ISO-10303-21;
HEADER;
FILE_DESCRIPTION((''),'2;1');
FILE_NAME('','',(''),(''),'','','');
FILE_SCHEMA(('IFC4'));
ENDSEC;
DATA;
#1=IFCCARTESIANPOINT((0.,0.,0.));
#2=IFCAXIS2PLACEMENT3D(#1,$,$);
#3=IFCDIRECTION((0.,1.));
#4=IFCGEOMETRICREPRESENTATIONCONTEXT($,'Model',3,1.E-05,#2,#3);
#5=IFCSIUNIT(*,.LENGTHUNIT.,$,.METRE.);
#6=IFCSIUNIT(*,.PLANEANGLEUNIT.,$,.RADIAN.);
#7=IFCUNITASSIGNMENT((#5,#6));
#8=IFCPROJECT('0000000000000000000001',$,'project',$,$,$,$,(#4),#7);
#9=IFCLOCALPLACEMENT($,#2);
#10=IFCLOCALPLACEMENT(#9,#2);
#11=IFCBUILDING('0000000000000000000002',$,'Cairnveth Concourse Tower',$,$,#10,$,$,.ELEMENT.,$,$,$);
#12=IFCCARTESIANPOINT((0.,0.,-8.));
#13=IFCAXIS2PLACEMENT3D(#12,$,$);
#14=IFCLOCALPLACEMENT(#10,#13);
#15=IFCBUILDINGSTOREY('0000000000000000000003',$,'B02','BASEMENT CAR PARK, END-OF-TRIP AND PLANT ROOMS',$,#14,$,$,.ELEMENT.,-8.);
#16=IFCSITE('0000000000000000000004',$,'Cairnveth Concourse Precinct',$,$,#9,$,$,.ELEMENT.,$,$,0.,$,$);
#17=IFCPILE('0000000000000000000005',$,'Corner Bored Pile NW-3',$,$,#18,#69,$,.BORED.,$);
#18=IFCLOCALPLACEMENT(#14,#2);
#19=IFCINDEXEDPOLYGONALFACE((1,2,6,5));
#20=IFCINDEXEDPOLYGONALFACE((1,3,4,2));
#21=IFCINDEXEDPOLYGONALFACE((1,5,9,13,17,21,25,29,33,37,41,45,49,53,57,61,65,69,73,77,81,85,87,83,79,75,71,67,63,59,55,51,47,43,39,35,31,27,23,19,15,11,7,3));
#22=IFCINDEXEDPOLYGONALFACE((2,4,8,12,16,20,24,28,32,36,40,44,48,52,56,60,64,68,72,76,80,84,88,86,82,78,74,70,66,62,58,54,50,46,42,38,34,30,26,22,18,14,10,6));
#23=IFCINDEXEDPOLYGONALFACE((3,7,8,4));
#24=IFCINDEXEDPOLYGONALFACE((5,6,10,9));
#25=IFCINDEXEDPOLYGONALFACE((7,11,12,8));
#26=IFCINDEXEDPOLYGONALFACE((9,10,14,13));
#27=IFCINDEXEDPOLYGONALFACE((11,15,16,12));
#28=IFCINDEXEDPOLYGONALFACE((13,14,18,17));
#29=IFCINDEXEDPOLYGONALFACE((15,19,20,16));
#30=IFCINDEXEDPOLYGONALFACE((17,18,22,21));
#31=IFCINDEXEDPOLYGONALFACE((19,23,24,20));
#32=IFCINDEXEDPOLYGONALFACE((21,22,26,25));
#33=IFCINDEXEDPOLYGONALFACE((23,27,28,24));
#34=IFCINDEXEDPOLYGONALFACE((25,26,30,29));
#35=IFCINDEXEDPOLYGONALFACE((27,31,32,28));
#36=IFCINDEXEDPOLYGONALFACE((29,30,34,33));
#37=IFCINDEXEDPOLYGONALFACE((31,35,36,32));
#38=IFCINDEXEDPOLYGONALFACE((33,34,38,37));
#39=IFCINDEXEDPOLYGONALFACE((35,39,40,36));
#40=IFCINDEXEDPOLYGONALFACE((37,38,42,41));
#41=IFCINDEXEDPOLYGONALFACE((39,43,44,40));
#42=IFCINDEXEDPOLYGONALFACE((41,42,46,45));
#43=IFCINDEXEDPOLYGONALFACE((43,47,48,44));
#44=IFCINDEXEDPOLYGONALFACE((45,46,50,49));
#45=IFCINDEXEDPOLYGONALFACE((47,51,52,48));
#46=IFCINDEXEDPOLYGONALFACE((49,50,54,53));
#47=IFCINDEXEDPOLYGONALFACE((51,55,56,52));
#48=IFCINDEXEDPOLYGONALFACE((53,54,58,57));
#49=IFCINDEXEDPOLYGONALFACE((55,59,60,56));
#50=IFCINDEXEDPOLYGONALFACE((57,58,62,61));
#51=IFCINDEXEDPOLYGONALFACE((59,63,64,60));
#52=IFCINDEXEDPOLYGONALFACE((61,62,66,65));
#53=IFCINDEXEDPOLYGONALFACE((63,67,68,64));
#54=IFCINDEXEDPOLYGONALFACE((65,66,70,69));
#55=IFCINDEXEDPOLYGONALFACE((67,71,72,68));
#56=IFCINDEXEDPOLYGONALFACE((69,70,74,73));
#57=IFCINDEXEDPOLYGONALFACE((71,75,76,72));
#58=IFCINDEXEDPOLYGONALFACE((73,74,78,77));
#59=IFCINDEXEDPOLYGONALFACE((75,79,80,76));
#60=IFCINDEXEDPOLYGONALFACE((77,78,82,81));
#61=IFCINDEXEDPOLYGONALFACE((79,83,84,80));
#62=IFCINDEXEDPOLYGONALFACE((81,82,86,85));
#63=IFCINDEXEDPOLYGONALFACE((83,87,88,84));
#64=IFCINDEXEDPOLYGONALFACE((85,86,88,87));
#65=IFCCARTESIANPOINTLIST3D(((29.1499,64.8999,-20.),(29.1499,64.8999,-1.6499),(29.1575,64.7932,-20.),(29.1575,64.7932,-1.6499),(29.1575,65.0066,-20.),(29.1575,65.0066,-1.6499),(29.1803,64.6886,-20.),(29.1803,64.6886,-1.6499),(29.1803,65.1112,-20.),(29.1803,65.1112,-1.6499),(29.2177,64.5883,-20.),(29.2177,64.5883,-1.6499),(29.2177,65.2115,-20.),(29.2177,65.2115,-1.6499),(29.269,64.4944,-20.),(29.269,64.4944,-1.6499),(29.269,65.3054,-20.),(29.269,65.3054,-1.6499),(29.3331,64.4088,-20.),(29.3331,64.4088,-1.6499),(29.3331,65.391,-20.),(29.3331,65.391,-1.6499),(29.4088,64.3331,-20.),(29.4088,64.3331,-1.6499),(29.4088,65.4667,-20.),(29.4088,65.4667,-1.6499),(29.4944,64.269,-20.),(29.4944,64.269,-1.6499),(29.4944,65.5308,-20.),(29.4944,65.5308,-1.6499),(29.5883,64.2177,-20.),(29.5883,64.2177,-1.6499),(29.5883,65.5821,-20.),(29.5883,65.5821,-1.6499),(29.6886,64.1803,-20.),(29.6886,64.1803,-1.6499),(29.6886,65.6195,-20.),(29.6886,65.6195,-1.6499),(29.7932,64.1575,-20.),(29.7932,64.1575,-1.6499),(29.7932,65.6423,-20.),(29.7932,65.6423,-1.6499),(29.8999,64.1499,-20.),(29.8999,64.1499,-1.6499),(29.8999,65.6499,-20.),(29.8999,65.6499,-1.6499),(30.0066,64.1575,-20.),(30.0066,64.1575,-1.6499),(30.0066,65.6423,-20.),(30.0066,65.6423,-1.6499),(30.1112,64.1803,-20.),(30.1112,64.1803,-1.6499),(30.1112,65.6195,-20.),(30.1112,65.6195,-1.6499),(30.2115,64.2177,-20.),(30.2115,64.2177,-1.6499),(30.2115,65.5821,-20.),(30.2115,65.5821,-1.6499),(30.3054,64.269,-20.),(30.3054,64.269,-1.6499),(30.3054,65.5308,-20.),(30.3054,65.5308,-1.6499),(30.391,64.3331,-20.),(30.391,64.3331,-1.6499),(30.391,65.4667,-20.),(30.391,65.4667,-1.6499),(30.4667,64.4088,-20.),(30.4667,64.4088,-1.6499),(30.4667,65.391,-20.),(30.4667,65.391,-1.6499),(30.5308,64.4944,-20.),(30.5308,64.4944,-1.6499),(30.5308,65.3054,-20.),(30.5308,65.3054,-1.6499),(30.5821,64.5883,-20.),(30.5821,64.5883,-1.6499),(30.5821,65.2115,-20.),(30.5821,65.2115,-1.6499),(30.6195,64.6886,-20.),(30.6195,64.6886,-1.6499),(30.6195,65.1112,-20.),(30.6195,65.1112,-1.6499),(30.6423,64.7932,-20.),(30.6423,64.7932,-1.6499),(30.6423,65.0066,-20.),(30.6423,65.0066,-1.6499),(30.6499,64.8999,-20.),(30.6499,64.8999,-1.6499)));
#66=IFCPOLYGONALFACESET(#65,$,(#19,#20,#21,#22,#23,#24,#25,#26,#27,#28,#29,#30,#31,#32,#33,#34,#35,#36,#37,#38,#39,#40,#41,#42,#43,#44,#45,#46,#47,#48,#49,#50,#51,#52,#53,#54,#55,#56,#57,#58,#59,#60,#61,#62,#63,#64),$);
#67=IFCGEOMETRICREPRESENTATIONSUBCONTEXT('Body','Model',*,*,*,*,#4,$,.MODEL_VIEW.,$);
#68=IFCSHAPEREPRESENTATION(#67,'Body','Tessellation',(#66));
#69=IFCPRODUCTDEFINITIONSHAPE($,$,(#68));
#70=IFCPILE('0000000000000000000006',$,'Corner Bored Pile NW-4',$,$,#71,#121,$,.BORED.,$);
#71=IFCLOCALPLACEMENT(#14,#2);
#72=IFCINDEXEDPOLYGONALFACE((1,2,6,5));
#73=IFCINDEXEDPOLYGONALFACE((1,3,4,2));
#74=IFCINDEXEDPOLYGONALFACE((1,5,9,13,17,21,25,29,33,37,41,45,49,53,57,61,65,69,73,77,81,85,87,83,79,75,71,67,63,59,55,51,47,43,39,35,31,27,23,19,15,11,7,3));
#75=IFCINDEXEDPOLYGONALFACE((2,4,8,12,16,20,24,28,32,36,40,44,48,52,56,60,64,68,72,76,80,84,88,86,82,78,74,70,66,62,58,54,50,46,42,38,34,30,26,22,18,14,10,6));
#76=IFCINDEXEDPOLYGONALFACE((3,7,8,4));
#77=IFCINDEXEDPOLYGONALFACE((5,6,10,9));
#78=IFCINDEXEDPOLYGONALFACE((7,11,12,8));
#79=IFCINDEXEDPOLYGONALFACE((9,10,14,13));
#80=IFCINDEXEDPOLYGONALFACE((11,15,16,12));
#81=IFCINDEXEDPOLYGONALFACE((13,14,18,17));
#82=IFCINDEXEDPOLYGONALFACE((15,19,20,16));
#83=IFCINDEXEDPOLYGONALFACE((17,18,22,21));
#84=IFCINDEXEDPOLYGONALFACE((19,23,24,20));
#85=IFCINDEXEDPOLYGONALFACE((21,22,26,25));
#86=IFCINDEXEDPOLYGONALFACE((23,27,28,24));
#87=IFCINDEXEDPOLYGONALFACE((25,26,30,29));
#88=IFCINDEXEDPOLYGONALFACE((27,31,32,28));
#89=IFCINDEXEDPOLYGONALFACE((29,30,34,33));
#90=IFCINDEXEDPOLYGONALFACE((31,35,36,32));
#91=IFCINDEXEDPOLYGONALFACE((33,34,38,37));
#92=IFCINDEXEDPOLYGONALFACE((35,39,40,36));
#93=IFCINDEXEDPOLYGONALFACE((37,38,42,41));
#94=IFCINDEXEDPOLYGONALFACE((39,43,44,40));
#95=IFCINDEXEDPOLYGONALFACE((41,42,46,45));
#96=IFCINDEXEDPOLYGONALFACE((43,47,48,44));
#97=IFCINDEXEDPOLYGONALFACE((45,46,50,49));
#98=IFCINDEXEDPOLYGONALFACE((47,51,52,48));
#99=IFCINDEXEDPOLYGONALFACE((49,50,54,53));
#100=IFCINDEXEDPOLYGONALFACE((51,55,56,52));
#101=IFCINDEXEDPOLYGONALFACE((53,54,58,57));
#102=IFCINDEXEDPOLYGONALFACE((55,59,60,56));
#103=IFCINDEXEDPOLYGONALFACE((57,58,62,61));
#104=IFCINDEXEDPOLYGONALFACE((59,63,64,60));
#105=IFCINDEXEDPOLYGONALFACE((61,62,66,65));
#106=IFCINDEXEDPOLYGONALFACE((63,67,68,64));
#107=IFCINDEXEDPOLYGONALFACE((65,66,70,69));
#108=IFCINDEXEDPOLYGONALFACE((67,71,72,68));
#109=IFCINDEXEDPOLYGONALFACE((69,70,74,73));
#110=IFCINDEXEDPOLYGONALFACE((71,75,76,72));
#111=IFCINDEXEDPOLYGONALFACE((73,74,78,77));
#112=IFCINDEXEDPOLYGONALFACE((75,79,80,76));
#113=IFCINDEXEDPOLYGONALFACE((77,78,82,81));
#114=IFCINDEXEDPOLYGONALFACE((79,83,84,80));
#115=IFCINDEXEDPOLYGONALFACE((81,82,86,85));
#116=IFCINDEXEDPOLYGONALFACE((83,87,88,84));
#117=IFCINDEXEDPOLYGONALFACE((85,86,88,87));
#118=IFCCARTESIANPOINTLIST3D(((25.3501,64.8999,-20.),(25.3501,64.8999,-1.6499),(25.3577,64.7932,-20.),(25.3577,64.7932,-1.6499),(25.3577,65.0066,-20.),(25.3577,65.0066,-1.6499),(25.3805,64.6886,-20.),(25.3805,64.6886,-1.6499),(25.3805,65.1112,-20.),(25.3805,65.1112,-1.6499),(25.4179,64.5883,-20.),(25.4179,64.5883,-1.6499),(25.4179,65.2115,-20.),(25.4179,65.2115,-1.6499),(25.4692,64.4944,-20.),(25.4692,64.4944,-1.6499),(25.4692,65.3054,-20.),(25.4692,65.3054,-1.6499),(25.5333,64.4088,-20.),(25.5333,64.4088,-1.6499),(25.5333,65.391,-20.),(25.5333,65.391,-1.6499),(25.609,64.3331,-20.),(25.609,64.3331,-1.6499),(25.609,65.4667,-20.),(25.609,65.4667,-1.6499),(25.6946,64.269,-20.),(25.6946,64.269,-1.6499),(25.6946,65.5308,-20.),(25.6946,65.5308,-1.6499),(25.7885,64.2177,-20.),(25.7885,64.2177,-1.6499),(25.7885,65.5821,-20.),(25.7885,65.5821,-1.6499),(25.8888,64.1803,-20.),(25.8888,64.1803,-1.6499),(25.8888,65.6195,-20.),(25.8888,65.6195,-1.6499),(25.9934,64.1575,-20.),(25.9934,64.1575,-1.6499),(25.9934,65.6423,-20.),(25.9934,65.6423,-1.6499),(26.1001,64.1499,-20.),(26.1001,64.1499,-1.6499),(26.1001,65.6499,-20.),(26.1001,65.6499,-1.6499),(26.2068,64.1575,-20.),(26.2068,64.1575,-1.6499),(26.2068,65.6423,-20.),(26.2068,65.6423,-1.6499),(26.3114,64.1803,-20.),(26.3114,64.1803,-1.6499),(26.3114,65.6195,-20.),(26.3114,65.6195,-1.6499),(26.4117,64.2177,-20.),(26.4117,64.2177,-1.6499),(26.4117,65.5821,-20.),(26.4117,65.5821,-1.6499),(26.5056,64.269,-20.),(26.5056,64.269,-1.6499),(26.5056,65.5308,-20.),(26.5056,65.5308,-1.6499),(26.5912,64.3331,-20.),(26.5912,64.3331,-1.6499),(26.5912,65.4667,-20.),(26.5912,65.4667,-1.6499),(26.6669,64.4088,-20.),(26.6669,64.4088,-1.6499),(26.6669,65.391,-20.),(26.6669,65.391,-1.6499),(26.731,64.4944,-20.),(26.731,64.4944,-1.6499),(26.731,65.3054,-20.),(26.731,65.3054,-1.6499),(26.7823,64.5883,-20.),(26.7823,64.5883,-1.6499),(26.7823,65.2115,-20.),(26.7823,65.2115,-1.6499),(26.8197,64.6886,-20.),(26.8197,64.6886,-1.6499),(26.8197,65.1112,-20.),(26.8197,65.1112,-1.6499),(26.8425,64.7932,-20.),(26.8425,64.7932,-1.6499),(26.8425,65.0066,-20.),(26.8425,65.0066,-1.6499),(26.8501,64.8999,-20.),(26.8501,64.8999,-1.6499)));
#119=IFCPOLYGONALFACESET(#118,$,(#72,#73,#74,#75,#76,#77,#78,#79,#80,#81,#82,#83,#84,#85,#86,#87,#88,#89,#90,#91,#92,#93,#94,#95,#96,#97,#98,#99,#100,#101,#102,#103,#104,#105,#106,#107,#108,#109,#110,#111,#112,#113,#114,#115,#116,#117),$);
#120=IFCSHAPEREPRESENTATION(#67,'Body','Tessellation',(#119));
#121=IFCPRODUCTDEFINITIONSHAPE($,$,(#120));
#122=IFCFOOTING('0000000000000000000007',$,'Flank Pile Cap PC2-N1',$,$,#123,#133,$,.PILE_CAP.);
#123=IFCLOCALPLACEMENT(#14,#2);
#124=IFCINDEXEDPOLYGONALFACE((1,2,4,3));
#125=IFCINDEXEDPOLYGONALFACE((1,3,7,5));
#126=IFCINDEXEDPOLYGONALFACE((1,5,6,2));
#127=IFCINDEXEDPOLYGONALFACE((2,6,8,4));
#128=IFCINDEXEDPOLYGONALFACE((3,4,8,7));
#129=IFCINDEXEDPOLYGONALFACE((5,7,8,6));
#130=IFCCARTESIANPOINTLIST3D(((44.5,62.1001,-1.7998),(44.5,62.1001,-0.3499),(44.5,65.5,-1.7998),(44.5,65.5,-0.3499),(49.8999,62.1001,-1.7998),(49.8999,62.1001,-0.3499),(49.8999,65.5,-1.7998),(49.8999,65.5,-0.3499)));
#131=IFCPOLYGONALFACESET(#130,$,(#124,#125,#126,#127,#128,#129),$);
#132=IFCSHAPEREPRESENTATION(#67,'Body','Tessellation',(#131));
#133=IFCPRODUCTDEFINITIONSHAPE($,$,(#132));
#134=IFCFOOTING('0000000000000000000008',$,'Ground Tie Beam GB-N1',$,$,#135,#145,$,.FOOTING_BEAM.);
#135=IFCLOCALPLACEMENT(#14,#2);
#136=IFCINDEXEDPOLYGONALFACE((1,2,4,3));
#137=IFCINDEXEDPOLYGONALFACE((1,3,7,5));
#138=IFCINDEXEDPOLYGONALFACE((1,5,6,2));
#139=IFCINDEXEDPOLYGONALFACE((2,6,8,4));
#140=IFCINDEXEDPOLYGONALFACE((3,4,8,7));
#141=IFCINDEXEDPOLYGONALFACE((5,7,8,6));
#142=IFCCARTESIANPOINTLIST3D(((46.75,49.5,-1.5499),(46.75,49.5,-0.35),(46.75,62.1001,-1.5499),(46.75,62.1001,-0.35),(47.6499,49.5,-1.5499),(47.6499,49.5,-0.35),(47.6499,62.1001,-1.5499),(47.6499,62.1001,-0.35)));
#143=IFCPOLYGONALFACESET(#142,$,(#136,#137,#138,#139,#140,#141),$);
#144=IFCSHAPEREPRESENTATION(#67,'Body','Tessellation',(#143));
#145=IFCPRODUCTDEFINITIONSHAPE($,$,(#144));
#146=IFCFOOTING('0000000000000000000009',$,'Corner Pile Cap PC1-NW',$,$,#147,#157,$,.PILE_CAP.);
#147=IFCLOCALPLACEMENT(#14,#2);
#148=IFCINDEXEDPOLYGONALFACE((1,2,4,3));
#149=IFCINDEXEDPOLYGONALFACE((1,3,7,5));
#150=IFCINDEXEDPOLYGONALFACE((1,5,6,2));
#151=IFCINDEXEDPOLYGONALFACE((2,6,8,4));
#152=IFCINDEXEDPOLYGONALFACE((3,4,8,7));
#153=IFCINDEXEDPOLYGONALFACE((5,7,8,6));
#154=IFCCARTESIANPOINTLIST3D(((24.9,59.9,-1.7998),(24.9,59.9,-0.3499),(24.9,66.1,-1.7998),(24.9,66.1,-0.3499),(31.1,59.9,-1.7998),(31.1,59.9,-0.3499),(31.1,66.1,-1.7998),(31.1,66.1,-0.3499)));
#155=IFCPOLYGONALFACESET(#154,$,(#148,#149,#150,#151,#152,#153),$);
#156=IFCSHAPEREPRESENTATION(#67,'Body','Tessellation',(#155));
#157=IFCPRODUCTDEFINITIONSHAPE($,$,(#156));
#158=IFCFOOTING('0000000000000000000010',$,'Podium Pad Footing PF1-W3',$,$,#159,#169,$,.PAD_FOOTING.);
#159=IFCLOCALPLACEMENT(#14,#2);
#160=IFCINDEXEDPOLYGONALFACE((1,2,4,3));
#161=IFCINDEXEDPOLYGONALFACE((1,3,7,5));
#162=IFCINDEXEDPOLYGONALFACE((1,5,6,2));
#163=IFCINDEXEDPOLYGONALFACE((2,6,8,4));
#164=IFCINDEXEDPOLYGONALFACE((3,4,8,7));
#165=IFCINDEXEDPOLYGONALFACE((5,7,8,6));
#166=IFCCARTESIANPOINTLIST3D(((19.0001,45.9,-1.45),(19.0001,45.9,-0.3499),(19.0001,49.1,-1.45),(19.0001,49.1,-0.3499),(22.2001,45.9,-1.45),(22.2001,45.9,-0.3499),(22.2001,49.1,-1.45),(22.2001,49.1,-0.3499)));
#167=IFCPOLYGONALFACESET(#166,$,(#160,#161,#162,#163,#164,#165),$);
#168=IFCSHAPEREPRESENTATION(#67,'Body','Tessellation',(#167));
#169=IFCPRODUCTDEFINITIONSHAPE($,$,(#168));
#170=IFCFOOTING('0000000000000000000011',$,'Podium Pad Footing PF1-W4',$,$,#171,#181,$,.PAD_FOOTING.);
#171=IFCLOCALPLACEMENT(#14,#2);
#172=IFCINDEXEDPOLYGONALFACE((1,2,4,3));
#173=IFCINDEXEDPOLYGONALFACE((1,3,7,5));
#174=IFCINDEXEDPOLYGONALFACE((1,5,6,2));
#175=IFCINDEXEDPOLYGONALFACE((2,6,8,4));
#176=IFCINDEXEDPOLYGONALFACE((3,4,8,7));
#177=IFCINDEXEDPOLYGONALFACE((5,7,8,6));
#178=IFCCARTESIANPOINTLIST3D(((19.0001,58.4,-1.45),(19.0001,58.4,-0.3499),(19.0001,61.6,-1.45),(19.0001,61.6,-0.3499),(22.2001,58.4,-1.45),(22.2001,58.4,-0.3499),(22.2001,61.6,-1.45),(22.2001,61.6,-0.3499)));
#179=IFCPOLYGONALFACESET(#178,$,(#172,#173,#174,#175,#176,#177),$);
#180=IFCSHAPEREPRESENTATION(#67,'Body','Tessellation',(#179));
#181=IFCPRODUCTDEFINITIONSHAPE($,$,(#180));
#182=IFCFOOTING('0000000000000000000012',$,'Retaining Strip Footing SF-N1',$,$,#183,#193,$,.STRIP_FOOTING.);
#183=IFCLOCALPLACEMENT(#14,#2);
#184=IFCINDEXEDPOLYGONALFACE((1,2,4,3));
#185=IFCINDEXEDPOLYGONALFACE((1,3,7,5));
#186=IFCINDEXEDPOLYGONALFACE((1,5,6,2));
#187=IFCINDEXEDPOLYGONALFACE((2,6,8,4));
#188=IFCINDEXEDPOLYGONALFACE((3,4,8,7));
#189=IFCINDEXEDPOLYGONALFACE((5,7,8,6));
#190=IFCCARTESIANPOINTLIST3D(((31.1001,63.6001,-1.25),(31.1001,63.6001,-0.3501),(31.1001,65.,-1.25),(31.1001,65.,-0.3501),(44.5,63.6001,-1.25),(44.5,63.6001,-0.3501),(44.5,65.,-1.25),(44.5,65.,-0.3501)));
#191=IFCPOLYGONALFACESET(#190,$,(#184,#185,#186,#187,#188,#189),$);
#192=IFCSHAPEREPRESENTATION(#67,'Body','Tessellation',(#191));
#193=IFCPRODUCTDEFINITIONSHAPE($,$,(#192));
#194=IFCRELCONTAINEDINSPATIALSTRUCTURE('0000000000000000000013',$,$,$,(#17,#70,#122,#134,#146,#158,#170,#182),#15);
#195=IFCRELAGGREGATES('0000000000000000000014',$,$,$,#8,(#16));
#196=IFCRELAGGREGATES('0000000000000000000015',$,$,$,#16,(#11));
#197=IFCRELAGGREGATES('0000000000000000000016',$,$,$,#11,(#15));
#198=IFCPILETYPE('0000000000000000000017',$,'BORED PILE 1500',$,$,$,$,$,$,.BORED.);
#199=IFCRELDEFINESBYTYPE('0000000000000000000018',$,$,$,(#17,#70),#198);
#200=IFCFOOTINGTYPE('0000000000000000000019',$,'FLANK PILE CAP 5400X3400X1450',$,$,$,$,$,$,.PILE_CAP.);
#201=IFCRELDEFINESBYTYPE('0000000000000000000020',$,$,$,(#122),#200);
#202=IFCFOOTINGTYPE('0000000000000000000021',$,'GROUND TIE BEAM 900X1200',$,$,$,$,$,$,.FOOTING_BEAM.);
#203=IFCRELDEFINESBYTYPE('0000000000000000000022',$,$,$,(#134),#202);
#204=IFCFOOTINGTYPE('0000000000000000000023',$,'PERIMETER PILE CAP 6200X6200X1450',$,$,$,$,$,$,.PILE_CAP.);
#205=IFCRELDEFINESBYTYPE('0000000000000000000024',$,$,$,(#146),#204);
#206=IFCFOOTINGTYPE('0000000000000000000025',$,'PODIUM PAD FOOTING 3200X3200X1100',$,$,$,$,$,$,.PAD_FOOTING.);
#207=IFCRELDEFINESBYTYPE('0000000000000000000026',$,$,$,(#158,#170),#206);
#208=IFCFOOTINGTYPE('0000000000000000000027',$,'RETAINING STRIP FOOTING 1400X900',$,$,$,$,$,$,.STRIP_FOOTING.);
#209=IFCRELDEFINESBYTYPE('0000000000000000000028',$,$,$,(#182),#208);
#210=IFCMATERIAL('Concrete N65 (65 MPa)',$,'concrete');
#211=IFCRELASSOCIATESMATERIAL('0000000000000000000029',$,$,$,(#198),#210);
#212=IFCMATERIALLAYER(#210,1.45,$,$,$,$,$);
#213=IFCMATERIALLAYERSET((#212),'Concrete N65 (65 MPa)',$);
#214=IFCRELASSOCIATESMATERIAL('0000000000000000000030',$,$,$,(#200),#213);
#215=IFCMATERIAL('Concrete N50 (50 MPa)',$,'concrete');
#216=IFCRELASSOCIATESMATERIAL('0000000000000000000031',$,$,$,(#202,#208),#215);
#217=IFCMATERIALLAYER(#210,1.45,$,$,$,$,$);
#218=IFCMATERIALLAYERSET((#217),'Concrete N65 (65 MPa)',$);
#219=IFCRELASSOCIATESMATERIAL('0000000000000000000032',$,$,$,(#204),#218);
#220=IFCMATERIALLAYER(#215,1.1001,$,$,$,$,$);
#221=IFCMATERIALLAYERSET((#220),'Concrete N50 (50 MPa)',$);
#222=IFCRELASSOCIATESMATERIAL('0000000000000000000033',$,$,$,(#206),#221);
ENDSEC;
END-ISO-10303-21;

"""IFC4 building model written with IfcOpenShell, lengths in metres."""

from ifc_helpers import new_model, si_unit, direction, frame, origin, origin_2d, place, context, subcontext, project, spatial, rectangle, circle, extrude, material, layer, layer_set, material_profile, profile_set, type_object, element, save


model = new_model("IFC4")

# Units and contexts
model_context = context("Model", 3, precision=1e-05, world=origin(), true_north=direction((0.0, 1.0)))
body_context = subcontext(model_context, "Body", "Model", "MODEL_VIEW")
ifc_project = project(units=[si_unit("LENGTHUNIT", "METRE"), si_unit("PLANEANGLEUNIT", "RADIAN")], contexts=[model_context])

# Site, building, storey
site_placement = place(None, origin())
site = spatial("IfcSite", under=ifc_project, at=site_placement, Name="Cairnveth Concourse Precinct", CompositionType="ELEMENT", RefElevation=0.0)
building_placement = place(site_placement, origin())
building = spatial("IfcBuilding", under=site, at=building_placement, Name="Cairnveth Concourse Tower", CompositionType="ELEMENT")
storey_placement = place(building_placement, frame((0.0, 0.0, -8.0)))
storey = spatial("IfcBuildingStorey", under=building, at=storey_placement, Name="B02", Description="BASEMENT CAR PARK, END-OF-TRIP AND PLANT ROOMS", CompositionType="ELEMENT", Elevation=-8.0)

# Piles
ifc_material_1 = material(Name="Concrete N50 (50 MPa)", Category="concrete")
ifc_material_2 = material(Name="Concrete N65 (65 MPa)", Category="concrete")
ifc_material_profile_1 = material_profile(ifc_material_2, circle(Radius=0.75, at=origin_2d()), Name="PILE-1500")
ifc_profile_set_1 = profile_set([ifc_material_profile_1], Name="Concrete N65 (65 MPa)")
pile_type_1 = type_object("IfcPileType", Name="BORED PILE 1500", PredefinedType="BORED", material=ifc_profile_set_1)
for number, where, z_axis, x_axis, name in (
    (1, (29.8999, 64.8999, -1.6499), (0.0, 0.0, -1.0), (1.0, 0.0, 0.0), "Corner Bored Pile NW-3"),
    (2, (26.1001, 64.8999, -1.6499), (0.0, 0.0, -1.0), (1.0, 0.0, 0.0), "Corner Bored Pile NW-4"),
):
    element("IfcPile", number, at=place(storey_placement, frame(where, z_axis=z_axis, x_axis=x_axis)), inside=storey, type_object=pile_type_1, Name=name, PredefinedType="BORED", context=body_context, shape_type="SweptSolid", body=[
        extrude(circle(Radius=0.75, at=origin_2d()), origin(), (0.0, 0.0, 1.0), 18.3501),
    ])

# Footings
ifc_layer_1 = layer(ifc_material_2, 1.45)
ifc_layer_set_1 = layer_set([ifc_layer_1], Name="Concrete N65 (65 MPa)")
footing_type_1 = type_object("IfcFootingType", Name="FLANK PILE CAP 5400X3400X1450", PredefinedType="PILE_CAP", material=ifc_layer_set_1)
footing_1_placement = place(storey_placement, frame((47.2, 63.8, -1.7998), z_axis=(0.0, 0.0, 1.0), x_axis=(1.0, 0.0, 0.0)))
element("IfcFooting", 3, at=footing_1_placement, inside=storey, type_object=footing_type_1, Name="Flank Pile Cap PC2-N1", PredefinedType="PILE_CAP", context=body_context, shape_type="SweptSolid", body=[
    extrude(rectangle(XDim=5.3999, YDim=3.3999, at=origin_2d()), origin(), (0.0, 0.0, 1.0), 1.45),
])
ifc_material_profile_2 = material_profile(ifc_material_1, rectangle(XDim=0.8999, YDim=1.2, at=origin_2d()), Name="RC-GB-900x1200")
ifc_profile_set_2 = profile_set([ifc_material_profile_2], Name="Concrete N50 (50 MPa)")
footing_type_2 = type_object("IfcFootingType", Name="GROUND TIE BEAM 900X1200", PredefinedType="FOOTING_BEAM", material=ifc_profile_set_2)
footing_2_placement = place(storey_placement, frame((47.2, 49.5, -0.95), z_axis=(0.0, 1.0, 0.0), x_axis=(-1.0, 0.0, 0.0)))
element("IfcFooting", 4, at=footing_2_placement, inside=storey, type_object=footing_type_2, Name="Ground Tie Beam GB-N1", PredefinedType="FOOTING_BEAM", context=body_context, shape_type="SweptSolid", body=[
    extrude(rectangle(XDim=0.8999, YDim=1.2, at=origin_2d()), origin(), (0.0, 0.0, 1.0), 12.6001),
])
ifc_layer_2 = layer(ifc_material_2, 1.45)
ifc_layer_set_2 = layer_set([ifc_layer_2], Name="Concrete N65 (65 MPa)")
footing_type_3 = type_object("IfcFootingType", Name="PERIMETER PILE CAP 6200X6200X1450", PredefinedType="PILE_CAP", material=ifc_layer_set_2)
footing_3_placement = place(storey_placement, frame((28.0, 63.0, -1.7998), z_axis=(0.0, 0.0, 1.0), x_axis=(1.0, 0.0, 0.0)))
element("IfcFooting", 5, at=footing_3_placement, inside=storey, type_object=footing_type_3, Name="Corner Pile Cap PC1-NW", PredefinedType="PILE_CAP", context=body_context, shape_type="SweptSolid", body=[
    extrude(rectangle(XDim=6.2, YDim=6.2, at=origin_2d()), origin(), (0.0, 0.0, 1.0), 1.45),
])
ifc_layer_3 = layer(ifc_material_1, 1.1001)
ifc_layer_set_3 = layer_set([ifc_layer_3], Name="Concrete N50 (50 MPa)")
footing_type_4 = type_object("IfcFootingType", Name="PODIUM PAD FOOTING 3200X3200X1100", PredefinedType="PAD_FOOTING", material=ifc_layer_set_3)
for number, where, z_axis, x_axis, name in (
    (6, (20.6001, 47.5, -1.45), (0.0, 0.0, 1.0), (1.0, 0.0, 0.0), "Podium Pad Footing PF1-W3"),
    (7, (20.6001, 60.0, -1.45), (0.0, 0.0, 1.0), (1.0, 0.0, 0.0), "Podium Pad Footing PF1-W4"),
):
    element("IfcFooting", number, at=place(storey_placement, frame(where, z_axis=z_axis, x_axis=x_axis)), inside=storey, type_object=footing_type_4, Name=name, PredefinedType="PAD_FOOTING", context=body_context, shape_type="SweptSolid", body=[
        extrude(rectangle(XDim=3.2, YDim=3.2, at=origin_2d()), origin(), (0.0, 0.0, 1.0), 1.1001),
    ])
ifc_material_profile_3 = material_profile(ifc_material_1, rectangle(XDim=1.3999, YDim=0.8999, at=origin_2d()), Name="SF-1400x900")
ifc_profile_set_3 = profile_set([ifc_material_profile_3], Name="Concrete N50 (50 MPa)")
footing_type_5 = type_object("IfcFootingType", Name="RETAINING STRIP FOOTING 1400X900", PredefinedType="STRIP_FOOTING", material=ifc_profile_set_3)
footing_4_placement = place(storey_placement, frame((31.1001, 64.3, -0.8), z_axis=(1.0, 0.0, 0.0), x_axis=(0.0, 1.0, 0.0)))
element("IfcFooting", 8, at=footing_4_placement, inside=storey, type_object=footing_type_5, Name="Retaining Strip Footing SF-N1", PredefinedType="STRIP_FOOTING", context=body_context, shape_type="SweptSolid", body=[
    extrude(rectangle(XDim=1.3999, YDim=0.8999, at=origin_2d()), origin(), (0.0, 0.0, 1.0), 13.3999),
])

save(model, "model.ifc")
